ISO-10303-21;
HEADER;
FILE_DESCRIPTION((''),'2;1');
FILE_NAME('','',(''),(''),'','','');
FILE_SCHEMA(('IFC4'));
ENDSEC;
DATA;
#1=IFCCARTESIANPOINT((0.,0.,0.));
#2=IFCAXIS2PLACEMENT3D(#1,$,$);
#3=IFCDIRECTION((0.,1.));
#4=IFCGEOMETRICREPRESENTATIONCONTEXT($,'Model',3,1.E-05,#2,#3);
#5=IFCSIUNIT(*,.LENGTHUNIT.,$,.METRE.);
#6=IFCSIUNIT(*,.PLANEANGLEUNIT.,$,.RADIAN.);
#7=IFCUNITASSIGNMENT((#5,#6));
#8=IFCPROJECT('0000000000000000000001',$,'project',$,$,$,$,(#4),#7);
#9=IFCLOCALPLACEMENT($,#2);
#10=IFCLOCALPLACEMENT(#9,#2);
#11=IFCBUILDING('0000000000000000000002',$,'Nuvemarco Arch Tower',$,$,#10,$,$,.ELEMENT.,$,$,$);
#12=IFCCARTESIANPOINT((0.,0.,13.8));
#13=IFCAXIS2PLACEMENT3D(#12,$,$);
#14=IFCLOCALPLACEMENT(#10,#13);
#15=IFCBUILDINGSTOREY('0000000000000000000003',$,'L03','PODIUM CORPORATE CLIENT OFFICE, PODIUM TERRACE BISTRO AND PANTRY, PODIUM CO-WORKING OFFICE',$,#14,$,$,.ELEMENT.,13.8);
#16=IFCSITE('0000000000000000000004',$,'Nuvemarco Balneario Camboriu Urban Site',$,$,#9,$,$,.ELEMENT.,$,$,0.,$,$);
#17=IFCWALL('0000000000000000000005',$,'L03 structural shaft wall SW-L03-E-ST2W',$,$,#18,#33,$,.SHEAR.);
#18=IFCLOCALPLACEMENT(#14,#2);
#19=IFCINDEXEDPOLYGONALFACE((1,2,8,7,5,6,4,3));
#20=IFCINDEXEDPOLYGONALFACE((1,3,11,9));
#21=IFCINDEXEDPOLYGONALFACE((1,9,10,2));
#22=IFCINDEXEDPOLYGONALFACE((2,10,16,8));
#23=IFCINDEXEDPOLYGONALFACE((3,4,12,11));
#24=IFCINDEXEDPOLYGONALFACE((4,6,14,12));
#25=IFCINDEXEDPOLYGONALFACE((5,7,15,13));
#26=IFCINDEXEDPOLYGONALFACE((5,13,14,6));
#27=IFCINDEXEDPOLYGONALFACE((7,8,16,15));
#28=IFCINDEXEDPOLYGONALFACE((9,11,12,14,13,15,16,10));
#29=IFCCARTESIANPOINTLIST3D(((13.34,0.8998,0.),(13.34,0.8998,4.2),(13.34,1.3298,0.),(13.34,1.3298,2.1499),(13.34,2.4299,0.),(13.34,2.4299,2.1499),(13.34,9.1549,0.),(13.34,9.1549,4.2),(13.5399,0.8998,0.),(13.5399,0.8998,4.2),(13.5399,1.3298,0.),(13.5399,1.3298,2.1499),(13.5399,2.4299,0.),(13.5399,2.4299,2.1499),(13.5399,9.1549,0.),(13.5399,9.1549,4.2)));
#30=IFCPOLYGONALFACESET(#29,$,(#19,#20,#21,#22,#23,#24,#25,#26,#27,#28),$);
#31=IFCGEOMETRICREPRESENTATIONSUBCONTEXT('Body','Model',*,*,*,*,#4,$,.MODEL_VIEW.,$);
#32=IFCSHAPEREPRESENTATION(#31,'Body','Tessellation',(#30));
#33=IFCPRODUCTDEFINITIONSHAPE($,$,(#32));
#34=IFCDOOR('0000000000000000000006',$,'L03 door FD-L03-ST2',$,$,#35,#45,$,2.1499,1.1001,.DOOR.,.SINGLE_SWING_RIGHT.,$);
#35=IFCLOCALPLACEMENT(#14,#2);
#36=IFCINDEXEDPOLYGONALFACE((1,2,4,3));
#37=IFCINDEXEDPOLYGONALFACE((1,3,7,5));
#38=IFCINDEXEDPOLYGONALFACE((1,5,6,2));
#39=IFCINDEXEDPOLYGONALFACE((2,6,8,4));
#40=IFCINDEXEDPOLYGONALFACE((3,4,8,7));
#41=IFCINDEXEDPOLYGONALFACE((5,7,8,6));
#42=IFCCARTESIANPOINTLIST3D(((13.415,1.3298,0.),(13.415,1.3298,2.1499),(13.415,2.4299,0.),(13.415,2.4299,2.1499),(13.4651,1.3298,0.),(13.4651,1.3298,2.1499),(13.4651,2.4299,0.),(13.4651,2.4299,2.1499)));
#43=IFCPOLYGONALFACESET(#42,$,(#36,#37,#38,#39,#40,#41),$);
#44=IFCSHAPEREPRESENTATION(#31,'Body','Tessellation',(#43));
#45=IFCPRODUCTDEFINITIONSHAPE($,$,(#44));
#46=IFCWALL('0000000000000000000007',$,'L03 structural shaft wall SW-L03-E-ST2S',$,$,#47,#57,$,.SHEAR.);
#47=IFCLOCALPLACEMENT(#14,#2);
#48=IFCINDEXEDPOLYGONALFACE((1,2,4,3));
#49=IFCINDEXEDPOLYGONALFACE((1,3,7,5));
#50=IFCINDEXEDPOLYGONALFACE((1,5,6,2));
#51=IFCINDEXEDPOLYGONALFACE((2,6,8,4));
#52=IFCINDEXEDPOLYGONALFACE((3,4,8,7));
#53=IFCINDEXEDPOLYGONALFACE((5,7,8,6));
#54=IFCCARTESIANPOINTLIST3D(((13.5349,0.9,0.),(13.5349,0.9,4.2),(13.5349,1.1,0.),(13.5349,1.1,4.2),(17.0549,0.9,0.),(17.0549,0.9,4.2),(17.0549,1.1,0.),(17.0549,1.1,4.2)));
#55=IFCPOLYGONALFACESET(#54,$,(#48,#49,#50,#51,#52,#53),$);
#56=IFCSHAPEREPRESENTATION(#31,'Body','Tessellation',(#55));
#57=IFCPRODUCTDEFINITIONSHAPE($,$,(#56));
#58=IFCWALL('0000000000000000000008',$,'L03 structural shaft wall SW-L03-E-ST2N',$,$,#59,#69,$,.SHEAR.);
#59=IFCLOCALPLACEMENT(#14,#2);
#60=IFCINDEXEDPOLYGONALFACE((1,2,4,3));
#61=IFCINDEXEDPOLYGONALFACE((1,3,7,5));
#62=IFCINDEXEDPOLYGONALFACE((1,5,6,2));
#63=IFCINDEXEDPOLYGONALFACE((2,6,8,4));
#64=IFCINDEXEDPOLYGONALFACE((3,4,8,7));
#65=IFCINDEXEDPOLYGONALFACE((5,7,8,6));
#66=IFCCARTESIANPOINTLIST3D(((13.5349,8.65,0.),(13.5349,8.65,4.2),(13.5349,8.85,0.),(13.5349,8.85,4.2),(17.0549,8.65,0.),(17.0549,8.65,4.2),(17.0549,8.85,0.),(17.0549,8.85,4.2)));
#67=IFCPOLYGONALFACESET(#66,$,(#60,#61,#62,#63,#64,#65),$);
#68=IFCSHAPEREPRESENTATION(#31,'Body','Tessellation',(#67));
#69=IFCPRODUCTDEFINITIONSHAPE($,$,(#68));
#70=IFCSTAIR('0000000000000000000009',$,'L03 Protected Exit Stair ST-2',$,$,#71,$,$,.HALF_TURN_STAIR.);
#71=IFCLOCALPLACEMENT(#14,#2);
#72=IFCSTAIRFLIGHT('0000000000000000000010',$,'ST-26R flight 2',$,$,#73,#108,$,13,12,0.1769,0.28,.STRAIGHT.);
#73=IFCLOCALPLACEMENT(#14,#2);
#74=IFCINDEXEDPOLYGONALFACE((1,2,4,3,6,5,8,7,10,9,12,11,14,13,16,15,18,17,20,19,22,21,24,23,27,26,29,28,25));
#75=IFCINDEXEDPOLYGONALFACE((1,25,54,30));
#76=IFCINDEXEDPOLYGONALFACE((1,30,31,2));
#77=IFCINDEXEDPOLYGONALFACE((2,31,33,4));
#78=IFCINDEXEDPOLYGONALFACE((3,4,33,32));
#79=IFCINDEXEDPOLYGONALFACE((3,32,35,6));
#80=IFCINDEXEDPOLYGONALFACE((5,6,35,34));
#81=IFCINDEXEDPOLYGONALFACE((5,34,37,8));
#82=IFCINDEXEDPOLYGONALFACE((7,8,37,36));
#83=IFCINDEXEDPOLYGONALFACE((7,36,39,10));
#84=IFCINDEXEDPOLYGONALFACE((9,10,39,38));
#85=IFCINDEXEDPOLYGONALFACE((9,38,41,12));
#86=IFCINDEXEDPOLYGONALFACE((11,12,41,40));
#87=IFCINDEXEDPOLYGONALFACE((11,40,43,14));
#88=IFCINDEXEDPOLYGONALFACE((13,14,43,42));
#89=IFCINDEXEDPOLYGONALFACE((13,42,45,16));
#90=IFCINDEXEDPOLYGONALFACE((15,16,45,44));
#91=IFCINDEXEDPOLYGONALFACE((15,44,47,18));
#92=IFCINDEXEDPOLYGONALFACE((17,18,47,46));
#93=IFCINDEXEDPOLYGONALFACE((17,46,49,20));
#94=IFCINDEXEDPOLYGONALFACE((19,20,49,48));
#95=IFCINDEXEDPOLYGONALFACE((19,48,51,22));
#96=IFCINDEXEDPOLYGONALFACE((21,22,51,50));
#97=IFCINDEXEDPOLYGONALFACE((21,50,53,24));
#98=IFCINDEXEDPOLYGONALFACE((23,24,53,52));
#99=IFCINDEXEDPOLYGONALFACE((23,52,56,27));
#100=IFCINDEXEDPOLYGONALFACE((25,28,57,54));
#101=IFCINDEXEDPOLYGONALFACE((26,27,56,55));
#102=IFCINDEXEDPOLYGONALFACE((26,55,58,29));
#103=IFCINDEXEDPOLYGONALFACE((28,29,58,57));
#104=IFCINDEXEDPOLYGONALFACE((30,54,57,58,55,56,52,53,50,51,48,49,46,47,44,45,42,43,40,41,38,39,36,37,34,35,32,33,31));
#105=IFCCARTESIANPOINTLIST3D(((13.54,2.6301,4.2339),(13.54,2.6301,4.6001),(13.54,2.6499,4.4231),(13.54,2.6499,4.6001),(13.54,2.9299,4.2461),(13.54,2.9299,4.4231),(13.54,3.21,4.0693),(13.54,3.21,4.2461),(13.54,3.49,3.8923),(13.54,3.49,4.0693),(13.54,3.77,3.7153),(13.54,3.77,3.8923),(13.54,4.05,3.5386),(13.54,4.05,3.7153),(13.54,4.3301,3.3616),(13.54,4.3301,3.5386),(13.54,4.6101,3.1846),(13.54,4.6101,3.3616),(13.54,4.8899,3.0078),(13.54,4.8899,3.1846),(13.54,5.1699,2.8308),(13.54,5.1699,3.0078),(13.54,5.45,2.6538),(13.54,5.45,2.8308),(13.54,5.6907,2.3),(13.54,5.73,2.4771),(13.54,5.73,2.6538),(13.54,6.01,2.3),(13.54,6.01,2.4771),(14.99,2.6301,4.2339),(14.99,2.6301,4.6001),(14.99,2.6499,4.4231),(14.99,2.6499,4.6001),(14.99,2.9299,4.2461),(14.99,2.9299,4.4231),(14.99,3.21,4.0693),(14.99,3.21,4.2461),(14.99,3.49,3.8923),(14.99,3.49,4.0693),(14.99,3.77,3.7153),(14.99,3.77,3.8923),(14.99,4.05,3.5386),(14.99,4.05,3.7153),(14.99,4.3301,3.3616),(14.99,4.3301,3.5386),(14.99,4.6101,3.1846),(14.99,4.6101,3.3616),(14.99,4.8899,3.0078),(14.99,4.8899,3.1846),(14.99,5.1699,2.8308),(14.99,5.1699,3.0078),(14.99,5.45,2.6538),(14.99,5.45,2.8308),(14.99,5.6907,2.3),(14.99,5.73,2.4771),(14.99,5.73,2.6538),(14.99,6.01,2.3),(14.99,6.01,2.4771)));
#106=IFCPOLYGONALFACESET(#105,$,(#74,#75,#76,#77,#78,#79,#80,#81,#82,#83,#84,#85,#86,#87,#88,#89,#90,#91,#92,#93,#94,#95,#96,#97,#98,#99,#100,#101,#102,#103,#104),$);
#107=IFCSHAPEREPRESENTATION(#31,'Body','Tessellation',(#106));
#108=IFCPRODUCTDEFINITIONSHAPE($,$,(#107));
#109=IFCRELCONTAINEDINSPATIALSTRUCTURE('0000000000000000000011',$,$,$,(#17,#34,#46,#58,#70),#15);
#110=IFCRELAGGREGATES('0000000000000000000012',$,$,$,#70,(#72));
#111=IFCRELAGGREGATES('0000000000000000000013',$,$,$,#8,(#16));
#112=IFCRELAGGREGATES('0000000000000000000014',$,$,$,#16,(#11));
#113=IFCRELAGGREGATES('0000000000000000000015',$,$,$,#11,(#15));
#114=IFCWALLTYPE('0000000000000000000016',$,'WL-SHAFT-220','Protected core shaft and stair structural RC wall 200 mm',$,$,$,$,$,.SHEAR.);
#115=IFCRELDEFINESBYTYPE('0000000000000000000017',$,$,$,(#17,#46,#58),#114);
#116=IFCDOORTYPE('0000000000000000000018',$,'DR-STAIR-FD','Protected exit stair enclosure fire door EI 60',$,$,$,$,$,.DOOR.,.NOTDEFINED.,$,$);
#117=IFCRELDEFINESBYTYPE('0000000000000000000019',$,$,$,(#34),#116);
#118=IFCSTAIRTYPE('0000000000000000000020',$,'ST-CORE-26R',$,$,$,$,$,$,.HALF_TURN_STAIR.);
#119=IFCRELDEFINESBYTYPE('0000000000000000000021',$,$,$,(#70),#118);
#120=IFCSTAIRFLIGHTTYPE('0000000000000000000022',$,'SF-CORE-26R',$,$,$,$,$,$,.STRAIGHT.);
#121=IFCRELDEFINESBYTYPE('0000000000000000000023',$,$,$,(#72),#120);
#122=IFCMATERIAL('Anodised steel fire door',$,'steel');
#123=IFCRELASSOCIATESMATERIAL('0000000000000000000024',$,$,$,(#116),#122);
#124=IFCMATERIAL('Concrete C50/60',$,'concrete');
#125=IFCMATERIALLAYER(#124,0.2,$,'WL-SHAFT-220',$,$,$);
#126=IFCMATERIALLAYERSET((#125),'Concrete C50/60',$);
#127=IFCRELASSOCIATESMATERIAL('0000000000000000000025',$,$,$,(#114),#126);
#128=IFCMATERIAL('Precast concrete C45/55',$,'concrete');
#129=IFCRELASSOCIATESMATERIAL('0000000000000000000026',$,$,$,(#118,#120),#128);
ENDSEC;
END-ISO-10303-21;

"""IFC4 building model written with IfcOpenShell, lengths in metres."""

from ifc_helpers import new_model, si_unit, direction, frame, frame_2d, origin, place, context, subcontext, project, spatial, polyline, rectangle, outline, extrude, source, transform, mapped, material, layer, layer_set, type_object, type_shapes, element, fill, aggregate, save


model = new_model("IFC4")

# Units and contexts
model_context = context("Model", 3, precision=1e-05, world=origin(), true_north=direction((0.0, 1.0)))
body_context = subcontext(model_context, "Body", "Model", "MODEL_VIEW")
ifc_project = project(units=[si_unit("LENGTHUNIT", "METRE"), si_unit("PLANEANGLEUNIT", "RADIAN")], contexts=[model_context])

# Site, building, storey
site_placement = place(None, origin())
site = spatial("IfcSite", under=ifc_project, at=site_placement, Name="Nuvemarco Balneario Camboriu Urban Site", CompositionType="ELEMENT", RefElevation=0.0)
building_placement = place(site_placement, origin())
building = spatial("IfcBuilding", under=site, at=building_placement, Name="Nuvemarco Arch Tower", CompositionType="ELEMENT")
storey_placement = place(building_placement, frame((0.0, 0.0, 13.8)))
storey = spatial("IfcBuildingStorey", under=building, at=storey_placement, Name="L03", Description="PODIUM CORPORATE CLIENT OFFICE, PODIUM TERRACE BISTRO AND PANTRY, PODIUM CO-WORKING OFFICE", CompositionType="ELEMENT", Elevation=13.8)

# Shared definitions
ifc_material_1 = material(Name="Anodised steel fire door", Category="steel")
door_type_1 = type_object("IfcDoorType", Name="DR-STAIR-FD", Description="Protected exit stair enclosure fire door EI 60", OperationType="NOTDEFINED", PredefinedType="DOOR", material=ifc_material_1)
shared_shape_1 = source(origin(), body_context, "Body", "SweptSolid", [
    extrude(rectangle(XDim=1.1001, YDim=2.1499, at=frame_2d((0.55, 1.075))), frame((0.0, 0.0249, 0.0), z_axis=(0.0, -1.0, 0.0), x_axis=(1.0, 0.0, 0.0)), (0.0, 0.0, 1.0), 0.05),
])
type_shapes(door_type_1, [shared_shape_1])

# Wall, opening, door
ifc_material_2 = material(Name="Concrete C50/60", Category="concrete")
ifc_layer_1 = layer(ifc_material_2, 0.2, Name="WL-SHAFT-220")
ifc_layer_set_1 = layer_set([ifc_layer_1], Name="Concrete C50/60")
wall_type_1 = type_object("IfcWallType", Name="WL-SHAFT-220", Description="Protected core shaft and stair structural RC wall 200 mm", PredefinedType="SHEAR", material=ifc_layer_set_1)
wall_1_placement = place(storey_placement, frame((13.4399, 0.8999, 0.0), z_axis=(0.0, 0.0, 1.0), x_axis=(0.0, 1.0, 0.0)))
wall_1 = element("IfcWall", 1, at=wall_1_placement, inside=storey, type_object=wall_type_1, Name="L03 structural shaft wall SW-L03-E-ST2W", PredefinedType="SHEAR", context=body_context, shape_type="SweptSolid", body=[
    extrude(rectangle(XDim=8.2551, YDim=0.2, at=frame_2d((4.1274, 0.0))), origin(), (0.0, 0.0, 1.0), 4.2),
])
opening_1_placement = place(wall_1_placement, frame((0.4299, 0.0, 0.0)))
opening_1 = element("IfcOpeningElement", 2, at=opening_1_placement, cuts=wall_1, PredefinedType="OPENING", context=body_context, shape_type="SweptSolid", body=[
    extrude(rectangle(XDim=1.1001, YDim=2.1499, at=frame_2d((0.55, 1.075))), frame((0.0, 0.1099, 0.0), z_axis=(0.0, -1.0, 0.0), x_axis=(1.0, 0.0, 0.0)), (0.0, 0.0, 1.0), 0.22),
])
door_1_placement = place(opening_1_placement, origin())
door_1 = element("IfcDoor", 3, at=door_1_placement, inside=storey, type_object=door_type_1, Name="L03 door FD-L03-ST2", OperationType="SINGLE_SWING_RIGHT", OverallHeight=2.1499, OverallWidth=1.1001, PredefinedType="DOOR", context=body_context, shape_type="MappedRepresentation", body=[
    mapped(shared_shape_1, transform((0.0, 0.0, 0.0), scale=1.0)),
])
fill(opening_1, door_1)

# Walls
for number, where, z_axis, x_axis, name in (
    (4, (13.5349, 1.0, 0.0), (0.0, 0.0, 1.0), (1.0, 0.0, 0.0), "L03 structural shaft wall SW-L03-E-ST2S"),
    (5, (13.5349, 8.75, 0.0), (0.0, 0.0, 1.0), (1.0, 0.0, 0.0), "L03 structural shaft wall SW-L03-E-ST2N"),
):
    element("IfcWall", number, at=place(storey_placement, frame(where, z_axis=z_axis, x_axis=x_axis)), inside=storey, type_object=wall_type_1, Name=name, PredefinedType="SHEAR", context=body_context, shape_type="SweptSolid", body=[
        extrude(rectangle(XDim=3.52, YDim=0.2, at=frame_2d((1.76, 0.0))), origin(), (0.0, 0.0, 1.0), 4.2),
    ])

# Stair, stair flight
ifc_material_3 = material(Name="Precast concrete C45/55", Category="concrete")
stair_type = type_object("IfcStairType", Name="ST-CORE-26R", PredefinedType="HALF_TURN_STAIR", material=ifc_material_3)
stair_placement = place(storey_placement, origin())
stair = element("IfcStair", 6, at=stair_placement, inside=storey, type_object=stair_type, Name="L03 Protected Exit Stair ST-2", PredefinedType="HALF_TURN_STAIR")
stair_flight_type = type_object("IfcStairFlightType", Name="SF-CORE-26R", PredefinedType="STRAIGHT", material=ifc_material_3)
stair_flight_placement = place(storey_placement, frame((14.2649, 6.01, 2.3), z_axis=(0.0, 0.0, 1.0), x_axis=(0.0, -1.0, 0.0)))
stair_flight = element("IfcStairFlight", 7, at=stair_flight_placement, type_object=stair_flight_type, Name="ST-26R flight 2", NumberOfRisers=13, NumberOfTreads=12, PredefinedType="STRAIGHT", RiserHeight=0.1769, TreadLength=0.28, context=body_context, shape_type="SweptSolid", body=[
    extrude(outline(polyline([(0.0, 0.0), (0.0, 0.177), (0.28, 0.177), (0.28, 0.3538), (0.5601, 0.3538), (0.5601, 0.5308), (0.8401, 0.5308), (0.8401, 0.7078), (1.1201, 0.7078), (1.1201, 0.8845), (1.3999, 0.8845), (1.3999, 1.0615), (1.6799, 1.0615), (1.6799, 1.2385), (1.96, 1.2385), (1.96, 1.4153), (2.24, 1.4153), (2.24, 1.5923), (2.52, 1.5923), (2.52, 1.7693), (2.8, 1.7693), (2.8, 1.946), (3.0801, 1.946), (3.0801, 2.123), (3.3601, 2.123), (3.3601, 2.3), (3.3799, 2.3), (3.3799, 1.9338), (0.3193, 0.0), (0.0, 0.0)])), frame((0.0, 0.7251, 0.0), z_axis=(0.0, -1.0, 0.0), x_axis=(1.0, 0.0, 0.0)), (0.0, 0.0, 1.0), 1.45),
])
aggregate(stair, [stair_flight])

save(model, "model.ifc")
